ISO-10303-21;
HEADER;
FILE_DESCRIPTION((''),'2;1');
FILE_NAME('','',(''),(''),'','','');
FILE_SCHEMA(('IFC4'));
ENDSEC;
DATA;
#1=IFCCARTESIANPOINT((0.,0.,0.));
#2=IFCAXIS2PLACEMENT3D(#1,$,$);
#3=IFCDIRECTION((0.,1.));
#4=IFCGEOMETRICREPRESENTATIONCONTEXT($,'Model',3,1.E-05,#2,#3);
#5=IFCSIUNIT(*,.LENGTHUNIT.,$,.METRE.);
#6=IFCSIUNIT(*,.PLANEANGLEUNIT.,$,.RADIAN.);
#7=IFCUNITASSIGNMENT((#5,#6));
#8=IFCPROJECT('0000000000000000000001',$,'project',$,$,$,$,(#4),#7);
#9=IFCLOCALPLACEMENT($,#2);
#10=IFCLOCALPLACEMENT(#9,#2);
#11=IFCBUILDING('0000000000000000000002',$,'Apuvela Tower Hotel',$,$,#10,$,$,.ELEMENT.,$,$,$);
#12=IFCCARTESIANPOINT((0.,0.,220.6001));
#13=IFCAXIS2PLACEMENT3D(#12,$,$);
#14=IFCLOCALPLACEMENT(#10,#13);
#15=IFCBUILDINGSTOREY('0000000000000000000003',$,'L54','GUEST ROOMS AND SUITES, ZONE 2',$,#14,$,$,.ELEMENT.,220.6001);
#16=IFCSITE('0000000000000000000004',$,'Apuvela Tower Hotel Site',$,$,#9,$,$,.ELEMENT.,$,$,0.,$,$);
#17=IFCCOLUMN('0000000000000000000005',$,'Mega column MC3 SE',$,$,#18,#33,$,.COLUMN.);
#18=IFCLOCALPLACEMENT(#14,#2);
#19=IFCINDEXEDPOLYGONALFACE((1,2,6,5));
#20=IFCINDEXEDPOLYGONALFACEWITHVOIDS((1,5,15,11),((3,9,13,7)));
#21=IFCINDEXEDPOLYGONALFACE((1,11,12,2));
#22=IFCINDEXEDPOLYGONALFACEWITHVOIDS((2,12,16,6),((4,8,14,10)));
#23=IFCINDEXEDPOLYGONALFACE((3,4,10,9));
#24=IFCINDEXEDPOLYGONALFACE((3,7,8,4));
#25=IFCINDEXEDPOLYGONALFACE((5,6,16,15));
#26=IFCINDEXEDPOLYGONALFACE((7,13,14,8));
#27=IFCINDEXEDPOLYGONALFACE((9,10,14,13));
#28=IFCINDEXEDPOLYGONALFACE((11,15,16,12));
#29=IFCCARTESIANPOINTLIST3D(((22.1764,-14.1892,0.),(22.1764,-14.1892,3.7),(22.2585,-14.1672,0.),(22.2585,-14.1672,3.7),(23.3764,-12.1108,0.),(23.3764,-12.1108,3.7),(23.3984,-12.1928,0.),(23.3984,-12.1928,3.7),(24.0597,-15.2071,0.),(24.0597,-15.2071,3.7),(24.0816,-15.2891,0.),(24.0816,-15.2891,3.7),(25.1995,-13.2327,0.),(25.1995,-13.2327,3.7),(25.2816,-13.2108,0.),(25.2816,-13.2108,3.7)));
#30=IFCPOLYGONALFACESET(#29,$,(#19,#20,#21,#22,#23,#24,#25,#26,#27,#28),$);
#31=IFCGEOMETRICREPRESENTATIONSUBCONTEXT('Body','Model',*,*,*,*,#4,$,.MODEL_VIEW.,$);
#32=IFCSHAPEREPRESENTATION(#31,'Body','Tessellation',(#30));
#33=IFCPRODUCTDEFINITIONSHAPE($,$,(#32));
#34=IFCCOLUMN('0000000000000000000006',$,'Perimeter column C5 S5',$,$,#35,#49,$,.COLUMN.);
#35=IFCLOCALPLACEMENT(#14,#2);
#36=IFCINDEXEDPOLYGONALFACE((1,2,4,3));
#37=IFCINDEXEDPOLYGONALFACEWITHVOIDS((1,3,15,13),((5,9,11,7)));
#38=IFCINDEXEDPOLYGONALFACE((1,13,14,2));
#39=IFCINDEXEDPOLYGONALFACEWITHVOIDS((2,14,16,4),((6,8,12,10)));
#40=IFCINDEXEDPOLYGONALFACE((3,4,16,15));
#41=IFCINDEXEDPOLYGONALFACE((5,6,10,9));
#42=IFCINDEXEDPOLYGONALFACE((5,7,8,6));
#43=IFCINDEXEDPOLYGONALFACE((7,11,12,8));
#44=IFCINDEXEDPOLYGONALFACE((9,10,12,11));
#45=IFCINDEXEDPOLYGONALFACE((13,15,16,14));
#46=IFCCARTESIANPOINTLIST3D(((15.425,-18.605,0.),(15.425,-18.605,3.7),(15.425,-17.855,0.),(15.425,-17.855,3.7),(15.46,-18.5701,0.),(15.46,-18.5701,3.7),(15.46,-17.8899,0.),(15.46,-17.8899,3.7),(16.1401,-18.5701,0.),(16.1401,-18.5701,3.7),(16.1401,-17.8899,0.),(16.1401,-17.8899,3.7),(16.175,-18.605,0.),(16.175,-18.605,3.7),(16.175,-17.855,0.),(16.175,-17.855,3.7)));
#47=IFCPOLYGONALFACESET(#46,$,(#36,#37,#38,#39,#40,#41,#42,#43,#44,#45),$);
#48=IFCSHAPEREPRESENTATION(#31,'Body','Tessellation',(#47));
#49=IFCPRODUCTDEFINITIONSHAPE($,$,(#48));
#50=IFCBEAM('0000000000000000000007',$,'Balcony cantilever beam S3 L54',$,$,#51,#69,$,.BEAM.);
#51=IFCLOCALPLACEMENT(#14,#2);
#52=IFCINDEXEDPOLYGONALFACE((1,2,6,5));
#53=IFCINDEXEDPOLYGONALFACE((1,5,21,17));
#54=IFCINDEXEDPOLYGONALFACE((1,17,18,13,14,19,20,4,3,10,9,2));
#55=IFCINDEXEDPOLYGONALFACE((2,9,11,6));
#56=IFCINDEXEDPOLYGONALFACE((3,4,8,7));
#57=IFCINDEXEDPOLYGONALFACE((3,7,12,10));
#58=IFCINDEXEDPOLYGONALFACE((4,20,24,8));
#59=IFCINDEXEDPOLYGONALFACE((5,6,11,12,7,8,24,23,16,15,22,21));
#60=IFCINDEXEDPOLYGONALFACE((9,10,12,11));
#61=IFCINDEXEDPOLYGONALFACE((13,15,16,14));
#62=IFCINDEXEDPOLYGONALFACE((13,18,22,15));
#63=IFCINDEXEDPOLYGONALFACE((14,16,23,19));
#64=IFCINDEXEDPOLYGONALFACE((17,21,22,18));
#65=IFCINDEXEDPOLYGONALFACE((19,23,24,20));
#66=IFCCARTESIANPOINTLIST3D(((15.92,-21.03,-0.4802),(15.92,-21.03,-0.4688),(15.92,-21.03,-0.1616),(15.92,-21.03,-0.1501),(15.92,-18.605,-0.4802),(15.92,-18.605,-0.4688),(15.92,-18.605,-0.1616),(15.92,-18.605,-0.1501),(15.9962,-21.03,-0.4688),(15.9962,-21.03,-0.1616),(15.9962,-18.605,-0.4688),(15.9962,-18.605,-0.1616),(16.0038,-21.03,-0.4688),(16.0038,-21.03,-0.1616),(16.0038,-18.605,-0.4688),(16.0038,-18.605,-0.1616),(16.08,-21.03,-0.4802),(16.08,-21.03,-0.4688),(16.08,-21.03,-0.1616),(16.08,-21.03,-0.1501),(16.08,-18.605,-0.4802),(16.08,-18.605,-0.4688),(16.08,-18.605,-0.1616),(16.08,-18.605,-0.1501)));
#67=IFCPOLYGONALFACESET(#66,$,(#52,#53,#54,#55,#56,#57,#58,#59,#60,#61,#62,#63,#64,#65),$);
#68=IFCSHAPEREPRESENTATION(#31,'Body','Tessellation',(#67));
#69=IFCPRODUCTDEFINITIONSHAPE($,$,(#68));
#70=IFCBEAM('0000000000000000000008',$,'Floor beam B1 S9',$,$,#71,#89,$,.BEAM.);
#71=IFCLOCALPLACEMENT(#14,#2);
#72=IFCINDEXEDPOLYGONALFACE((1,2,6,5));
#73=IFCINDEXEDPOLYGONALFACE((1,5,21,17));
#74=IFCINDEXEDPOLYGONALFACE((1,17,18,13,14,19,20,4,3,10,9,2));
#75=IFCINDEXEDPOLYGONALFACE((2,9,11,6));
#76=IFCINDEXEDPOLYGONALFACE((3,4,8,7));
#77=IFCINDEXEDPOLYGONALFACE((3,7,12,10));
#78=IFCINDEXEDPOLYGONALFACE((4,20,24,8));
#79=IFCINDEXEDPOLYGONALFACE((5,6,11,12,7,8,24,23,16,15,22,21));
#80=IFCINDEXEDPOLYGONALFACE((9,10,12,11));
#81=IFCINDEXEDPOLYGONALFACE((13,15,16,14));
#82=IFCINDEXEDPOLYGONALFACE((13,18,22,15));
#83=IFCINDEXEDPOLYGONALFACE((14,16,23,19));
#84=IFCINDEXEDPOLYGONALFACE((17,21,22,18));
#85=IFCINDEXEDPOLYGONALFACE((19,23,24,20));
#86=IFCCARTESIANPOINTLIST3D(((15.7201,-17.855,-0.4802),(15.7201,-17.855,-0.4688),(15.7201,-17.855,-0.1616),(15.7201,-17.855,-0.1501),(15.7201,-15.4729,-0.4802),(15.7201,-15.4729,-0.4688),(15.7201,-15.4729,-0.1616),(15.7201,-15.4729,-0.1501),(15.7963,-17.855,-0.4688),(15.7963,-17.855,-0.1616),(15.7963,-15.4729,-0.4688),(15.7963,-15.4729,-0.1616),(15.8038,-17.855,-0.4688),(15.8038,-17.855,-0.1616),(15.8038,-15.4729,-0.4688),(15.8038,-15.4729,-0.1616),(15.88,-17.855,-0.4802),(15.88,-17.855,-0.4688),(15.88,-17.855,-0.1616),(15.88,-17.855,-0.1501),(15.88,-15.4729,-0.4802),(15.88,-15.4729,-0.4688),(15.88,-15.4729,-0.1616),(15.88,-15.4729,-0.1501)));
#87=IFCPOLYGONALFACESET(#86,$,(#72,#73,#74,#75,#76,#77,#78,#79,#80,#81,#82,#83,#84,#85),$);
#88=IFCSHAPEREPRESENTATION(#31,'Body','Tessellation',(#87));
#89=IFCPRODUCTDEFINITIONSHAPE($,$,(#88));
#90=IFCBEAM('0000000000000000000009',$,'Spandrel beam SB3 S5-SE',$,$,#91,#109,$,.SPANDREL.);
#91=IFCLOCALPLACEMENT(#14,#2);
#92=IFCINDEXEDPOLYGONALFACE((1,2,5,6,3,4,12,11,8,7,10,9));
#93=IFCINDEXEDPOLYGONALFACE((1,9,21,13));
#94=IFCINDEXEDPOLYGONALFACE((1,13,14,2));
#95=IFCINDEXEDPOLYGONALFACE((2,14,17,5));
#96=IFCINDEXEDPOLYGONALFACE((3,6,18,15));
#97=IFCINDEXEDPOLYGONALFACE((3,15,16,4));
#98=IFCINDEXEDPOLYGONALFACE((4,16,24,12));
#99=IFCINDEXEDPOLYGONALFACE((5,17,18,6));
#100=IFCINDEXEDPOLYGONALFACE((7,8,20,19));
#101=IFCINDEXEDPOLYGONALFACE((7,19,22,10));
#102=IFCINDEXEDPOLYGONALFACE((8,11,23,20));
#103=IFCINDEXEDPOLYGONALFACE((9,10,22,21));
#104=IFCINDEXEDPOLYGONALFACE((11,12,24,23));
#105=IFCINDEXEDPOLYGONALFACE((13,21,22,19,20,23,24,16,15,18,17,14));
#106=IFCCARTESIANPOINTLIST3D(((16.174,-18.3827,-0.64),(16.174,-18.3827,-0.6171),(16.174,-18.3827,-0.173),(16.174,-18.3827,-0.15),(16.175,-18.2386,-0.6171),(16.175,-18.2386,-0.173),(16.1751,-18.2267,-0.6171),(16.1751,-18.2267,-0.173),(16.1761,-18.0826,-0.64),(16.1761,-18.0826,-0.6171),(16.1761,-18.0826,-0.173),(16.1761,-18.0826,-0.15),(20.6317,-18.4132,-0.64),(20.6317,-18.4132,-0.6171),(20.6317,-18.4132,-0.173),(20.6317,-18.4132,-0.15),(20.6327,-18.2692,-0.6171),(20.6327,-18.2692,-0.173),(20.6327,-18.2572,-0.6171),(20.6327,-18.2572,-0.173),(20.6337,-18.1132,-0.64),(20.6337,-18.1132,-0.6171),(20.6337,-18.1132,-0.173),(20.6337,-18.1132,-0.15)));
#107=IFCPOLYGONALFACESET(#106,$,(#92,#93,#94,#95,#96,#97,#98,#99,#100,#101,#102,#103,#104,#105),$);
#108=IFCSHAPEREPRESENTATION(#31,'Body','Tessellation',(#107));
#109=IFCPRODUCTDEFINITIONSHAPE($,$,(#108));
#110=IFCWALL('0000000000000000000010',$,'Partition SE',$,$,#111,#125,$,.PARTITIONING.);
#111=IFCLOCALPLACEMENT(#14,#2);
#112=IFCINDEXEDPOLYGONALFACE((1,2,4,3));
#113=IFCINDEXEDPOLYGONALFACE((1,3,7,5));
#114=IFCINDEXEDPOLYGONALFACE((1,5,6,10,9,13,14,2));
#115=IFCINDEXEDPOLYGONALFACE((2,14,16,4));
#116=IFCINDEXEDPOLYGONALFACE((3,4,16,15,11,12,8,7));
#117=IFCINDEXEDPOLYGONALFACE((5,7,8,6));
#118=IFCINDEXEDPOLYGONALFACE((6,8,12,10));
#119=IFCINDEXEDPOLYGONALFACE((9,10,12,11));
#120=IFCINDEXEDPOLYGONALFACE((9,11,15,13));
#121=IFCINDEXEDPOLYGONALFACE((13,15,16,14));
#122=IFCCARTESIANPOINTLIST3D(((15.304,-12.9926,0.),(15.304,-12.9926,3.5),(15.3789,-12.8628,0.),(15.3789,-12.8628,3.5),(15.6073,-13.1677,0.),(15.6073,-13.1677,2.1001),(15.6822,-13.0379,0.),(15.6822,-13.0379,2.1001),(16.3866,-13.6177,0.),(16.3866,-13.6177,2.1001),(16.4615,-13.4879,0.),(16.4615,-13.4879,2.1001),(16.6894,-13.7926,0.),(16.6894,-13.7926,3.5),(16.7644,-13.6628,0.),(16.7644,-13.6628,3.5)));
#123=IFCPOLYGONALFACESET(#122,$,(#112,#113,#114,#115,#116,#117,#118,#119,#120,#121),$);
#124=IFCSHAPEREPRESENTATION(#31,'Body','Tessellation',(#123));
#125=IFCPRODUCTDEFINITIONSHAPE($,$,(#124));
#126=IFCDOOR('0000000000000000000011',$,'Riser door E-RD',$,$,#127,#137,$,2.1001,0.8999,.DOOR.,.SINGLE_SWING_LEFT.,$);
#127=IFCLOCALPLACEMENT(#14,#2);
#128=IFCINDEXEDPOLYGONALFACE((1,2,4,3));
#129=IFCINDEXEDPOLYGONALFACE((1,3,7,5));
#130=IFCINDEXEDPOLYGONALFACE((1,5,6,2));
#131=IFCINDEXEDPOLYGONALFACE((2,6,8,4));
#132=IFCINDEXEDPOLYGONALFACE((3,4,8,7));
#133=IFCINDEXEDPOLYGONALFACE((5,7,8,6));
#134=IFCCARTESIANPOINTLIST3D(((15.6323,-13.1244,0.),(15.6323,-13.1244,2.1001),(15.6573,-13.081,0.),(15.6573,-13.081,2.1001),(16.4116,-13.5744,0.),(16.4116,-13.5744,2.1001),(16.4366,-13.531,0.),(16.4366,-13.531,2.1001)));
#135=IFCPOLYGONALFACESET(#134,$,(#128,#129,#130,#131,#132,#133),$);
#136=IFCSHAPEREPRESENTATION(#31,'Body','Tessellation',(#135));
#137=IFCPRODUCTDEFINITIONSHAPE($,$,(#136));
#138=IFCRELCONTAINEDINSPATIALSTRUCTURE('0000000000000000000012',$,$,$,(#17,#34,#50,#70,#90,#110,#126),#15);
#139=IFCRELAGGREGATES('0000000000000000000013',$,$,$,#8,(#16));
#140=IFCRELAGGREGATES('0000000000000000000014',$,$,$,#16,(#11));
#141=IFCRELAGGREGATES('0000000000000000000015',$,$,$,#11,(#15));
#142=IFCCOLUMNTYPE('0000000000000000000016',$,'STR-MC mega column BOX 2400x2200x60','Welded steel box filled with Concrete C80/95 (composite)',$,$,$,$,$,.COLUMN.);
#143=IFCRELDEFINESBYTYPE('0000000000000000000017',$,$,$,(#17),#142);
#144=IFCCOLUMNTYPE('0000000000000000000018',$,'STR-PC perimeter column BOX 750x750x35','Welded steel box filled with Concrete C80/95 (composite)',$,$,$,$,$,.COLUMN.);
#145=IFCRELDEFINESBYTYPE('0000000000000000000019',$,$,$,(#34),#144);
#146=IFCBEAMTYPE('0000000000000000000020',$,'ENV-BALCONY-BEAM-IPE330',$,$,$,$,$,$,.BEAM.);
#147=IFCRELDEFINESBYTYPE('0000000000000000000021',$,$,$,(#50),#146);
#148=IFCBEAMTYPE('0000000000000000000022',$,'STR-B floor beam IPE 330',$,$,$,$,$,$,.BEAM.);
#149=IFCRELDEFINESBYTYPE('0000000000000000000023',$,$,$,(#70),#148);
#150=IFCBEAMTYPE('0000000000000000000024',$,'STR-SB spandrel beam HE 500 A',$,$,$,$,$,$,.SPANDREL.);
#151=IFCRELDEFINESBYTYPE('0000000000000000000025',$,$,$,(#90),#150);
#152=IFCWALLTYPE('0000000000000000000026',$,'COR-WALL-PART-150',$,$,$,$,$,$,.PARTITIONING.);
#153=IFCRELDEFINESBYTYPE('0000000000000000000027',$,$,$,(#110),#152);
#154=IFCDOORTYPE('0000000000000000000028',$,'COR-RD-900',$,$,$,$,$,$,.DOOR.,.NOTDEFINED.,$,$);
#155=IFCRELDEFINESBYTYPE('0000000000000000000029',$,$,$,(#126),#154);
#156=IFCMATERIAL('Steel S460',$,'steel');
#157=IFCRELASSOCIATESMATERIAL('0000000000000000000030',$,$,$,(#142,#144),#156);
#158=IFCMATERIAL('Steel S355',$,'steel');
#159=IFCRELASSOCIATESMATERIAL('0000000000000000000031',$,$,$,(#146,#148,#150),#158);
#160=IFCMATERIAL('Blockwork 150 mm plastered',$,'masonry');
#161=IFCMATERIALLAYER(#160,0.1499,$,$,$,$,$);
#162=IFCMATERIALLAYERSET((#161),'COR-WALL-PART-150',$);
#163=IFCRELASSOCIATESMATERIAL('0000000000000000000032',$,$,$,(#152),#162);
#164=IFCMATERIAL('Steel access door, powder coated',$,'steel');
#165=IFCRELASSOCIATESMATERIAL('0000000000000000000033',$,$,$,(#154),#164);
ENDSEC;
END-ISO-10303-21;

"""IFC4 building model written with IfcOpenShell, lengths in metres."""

from ifc_helpers import new_model, si_unit, direction, frame, frame_2d, origin, origin_2d, place, context, subcontext, project, spatial, rectangle, hollow_rectangle, i_section, extrude, material, layer, layer_set, material_profile, profile_set, type_object, element, fill, save


model = new_model("IFC4")

# Units and contexts
model_context = context("Model", 3, precision=1e-05, world=origin(), true_north=direction((0.0, 1.0)))
body_context = subcontext(model_context, "Body", "Model", "MODEL_VIEW")
ifc_project = project(units=[si_unit("LENGTHUNIT", "METRE"), si_unit("PLANEANGLEUNIT", "RADIAN")], contexts=[model_context])

# Site, building, storey
site_placement = place(None, origin())
site = spatial("IfcSite", under=ifc_project, at=site_placement, Name="Apuvela Tower Hotel Site", CompositionType="ELEMENT", RefElevation=0.0)
building_placement = place(site_placement, origin())
building = spatial("IfcBuilding", under=site, at=building_placement, Name="Apuvela Tower Hotel", CompositionType="ELEMENT")
storey_placement = place(building_placement, frame((0.0, 0.0, 220.6001)))
storey = spatial("IfcBuildingStorey", under=building, at=storey_placement, Name="L54", Description="GUEST ROOMS AND SUITES, ZONE 2", CompositionType="ELEMENT", Elevation=220.6001)

# Columns
ifc_material_1 = material(Name="Steel S460", Category="steel")
ifc_material_profile_1 = material_profile(ifc_material_1, hollow_rectangle(XDim=2.3999, YDim=2.2, WallThickness=0.0601, at=origin_2d()), Name="BOX 2400x2200x60")
ifc_material_2 = material(Name="Concrete C80/95", Category="concrete")
ifc_material_profile_2 = material_profile(ifc_material_2, rectangle(XDim=2.28, YDim=2.0801, at=origin_2d()), Name="Concrete C80/95 infill")
ifc_profile_set_1 = profile_set([ifc_material_profile_1, ifc_material_profile_2], Name="Steel S460")
column_type_1 = type_object("IfcColumnType", Name="STR-MC mega column BOX 2400x2200x60", Description="Welded steel box filled with Concrete C80/95 (composite)", PredefinedType="COLUMN", material=ifc_profile_set_1)
column_1_placement = place(storey_placement, frame((23.729, -13.7, 0.0), z_axis=(0.0, 0.0, 1.0), x_axis=(0.5, 0.866025, 0.0)))
element("IfcColumn", 1, at=column_1_placement, inside=storey, type_object=column_type_1, Name="Mega column MC3 SE", PredefinedType="COLUMN", context=body_context, shape_type="SweptSolid", body=[
    extrude(hollow_rectangle(XDim=2.3999, YDim=2.2, WallThickness=0.0601, at=origin_2d()), origin(), (0.0, 0.0, 1.0), 3.7),
])
ifc_material_profile_3 = material_profile(ifc_material_1, hollow_rectangle(XDim=0.75, YDim=0.75, WallThickness=0.0349, at=origin_2d()), Name="BOX 750x750x35")
ifc_material_profile_4 = material_profile(ifc_material_2, rectangle(XDim=0.6799, YDim=0.6799, at=origin_2d()), Name="Concrete C80/95 infill")
ifc_profile_set_2 = profile_set([ifc_material_profile_3, ifc_material_profile_4], Name="Steel S460")
column_type_2 = type_object("IfcColumnType", Name="STR-PC perimeter column BOX 750x750x35", Description="Welded steel box filled with Concrete C80/95 (composite)", PredefinedType="COLUMN", material=ifc_profile_set_2)
column_2_placement = place(storey_placement, frame((15.8, -18.23, 0.0), z_axis=(0.0, 0.0, 1.0), x_axis=(-1.0, 0.0, 0.0)))
element("IfcColumn", 2, at=column_2_placement, inside=storey, type_object=column_type_2, Name="Perimeter column C5 S5", PredefinedType="COLUMN", context=body_context, shape_type="SweptSolid", body=[
    extrude(hollow_rectangle(XDim=0.75, YDim=0.75, WallThickness=0.0349, at=origin_2d()), origin(), (0.0, 0.0, 1.0), 3.7),
])

# Beams
ifc_material_3 = material(Name="Steel S355", Category="steel")
ifc_material_profile_5 = material_profile(ifc_material_3, i_section(OverallWidth=0.1599, OverallDepth=0.3301, WebThickness=0.0076, FlangeThickness=0.0115, at=origin_2d()), Name="IPE 330")
ifc_profile_set_3 = profile_set([ifc_material_profile_5], Name="Steel S355")
beam_type_1 = type_object("IfcBeamType", Name="ENV-BALCONY-BEAM-IPE330", PredefinedType="BEAM", material=ifc_profile_set_3)
beam_1_placement = place(storey_placement, frame((16.0, -18.605, -0.3152), z_axis=(0.0, -1.0, 0.0), x_axis=(1.0, 0.0, 0.0)))
element("IfcBeam", 3, at=beam_1_placement, inside=storey, type_object=beam_type_1, Name="Balcony cantilever beam S3 L54", PredefinedType="BEAM", context=body_context, shape_type="SweptSolid", body=[
    extrude(i_section(OverallWidth=0.1599, OverallDepth=0.3301, WebThickness=0.0076, FlangeThickness=0.0115, at=origin_2d()), origin(), (0.0, 0.0, 1.0), 2.425),
])
ifc_material_profile_6 = material_profile(ifc_material_3, i_section(OverallWidth=0.1599, OverallDepth=0.3301, WebThickness=0.0076, FlangeThickness=0.0115, at=origin_2d()), Name="IPE 330")
ifc_profile_set_4 = profile_set([ifc_material_profile_6], Name="Steel S355")
beam_type_2 = type_object("IfcBeamType", Name="STR-B floor beam IPE 330", PredefinedType="BEAM", material=ifc_profile_set_4)
beam_2_placement = place(storey_placement, frame((15.8, -17.855, -0.3152), z_axis=(0.0, 1.0, 0.0), x_axis=(-1.0, 0.0, 0.0)))
element("IfcBeam", 4, at=beam_2_placement, inside=storey, type_object=beam_type_2, Name="Floor beam B1 S9", PredefinedType="BEAM", context=body_context, shape_type="SweptSolid", body=[
    extrude(i_section(OverallWidth=0.1599, OverallDepth=0.3301, WebThickness=0.0076, FlangeThickness=0.0115, at=origin_2d()), origin(), (0.0, 0.0, 1.0), 2.3821),
])
ifc_material_profile_7 = material_profile(ifc_material_3, i_section(OverallWidth=0.3, OverallDepth=0.49, WebThickness=0.012, FlangeThickness=0.0229, at=origin_2d()), Name="HE 500 A")
ifc_profile_set_5 = profile_set([ifc_material_profile_7], Name="Steel S355")
beam_type_3 = type_object("IfcBeamType", Name="STR-SB spandrel beam HE 500 A", PredefinedType="SPANDREL", material=ifc_profile_set_5)
beam_3_placement = place(storey_placement, frame((16.175, -18.2327, -0.395), z_axis=(0.999977, -0.006846, 0.0), x_axis=(0.006846, 0.999977, 0.0)))
element("IfcBeam", 5, at=beam_3_placement, inside=storey, type_object=beam_type_3, Name="Spandrel beam SB3 S5-SE", PredefinedType="SPANDREL", context=body_context, shape_type="SweptSolid", body=[
    extrude(i_section(OverallWidth=0.3, OverallDepth=0.49, WebThickness=0.012, FlangeThickness=0.0229, at=origin_2d()), origin(), (0.0, 0.0, 1.0), 4.4578),
])

# Wall, opening, door
ifc_material_4 = material(Name="Blockwork 150 mm plastered", Category="masonry")
ifc_layer_1 = layer(ifc_material_4, 0.1499)
ifc_layer_set_1 = layer_set([ifc_layer_1], Name="COR-WALL-PART-150")
wall_type_1 = type_object("IfcWallType", Name="COR-WALL-PART-150", PredefinedType="PARTITIONING", material=ifc_layer_set_1)
wall_1_placement = place(storey_placement, frame((15.3416, -12.9277, 0.0), z_axis=(0.0, 0.0, 1.0), x_axis=(0.86599, -0.500061, 0.0)))
wall_1 = element("IfcWall", 6, at=wall_1_placement, inside=storey, type_object=wall_type_1, Name="Partition SE", PredefinedType="PARTITIONING", context=body_context, shape_type="SweptSolid", body=[
    extrude(rectangle(XDim=1.5999, YDim=0.1499, at=frame_2d((0.7998, 0.0))), origin(), (0.0, 0.0, 1.0), 3.5),
])
opening_1_placement = place(wall_1_placement, frame((0.3501, 0.0, 0.0)))
opening_1 = element("IfcOpeningElement", 7, at=opening_1_placement, cuts=wall_1, PredefinedType="OPENING", context=body_context, shape_type="SweptSolid", body=[
    extrude(rectangle(XDim=0.8999, YDim=2.1001, at=frame_2d((0.45, 1.05))), frame((0.0, 0.085, 0.0), z_axis=(0.0, -1.0, 0.0), x_axis=(1.0, 0.0, 0.0)), (0.0, 0.0, 1.0), 0.1699),
])
ifc_material_5 = material(Name="Steel access door, powder coated", Category="steel")
door_type_1 = type_object("IfcDoorType", Name="COR-RD-900", OperationType="NOTDEFINED", PredefinedType="DOOR", material=ifc_material_5)
door_1_placement = place(opening_1_placement, frame((0.8999, 0.0, 0.0), z_axis=(0.0, 0.0, 1.0), x_axis=(-1.0, 0.0, 0.0)))
door_1 = element("IfcDoor", 8, at=door_1_placement, inside=storey, type_object=door_type_1, Name="Riser door E-RD", OperationType="SINGLE_SWING_LEFT", OverallHeight=2.1001, OverallWidth=0.8999, PredefinedType="DOOR", context=body_context, shape_type="SweptSolid", body=[
    extrude(rectangle(XDim=0.8999, YDim=2.1001, at=frame_2d((0.45, 1.05))), frame((0.0, 0.0249, 0.0), z_axis=(0.0, -1.0, 0.0), x_axis=(1.0, 0.0, 0.0)), (0.0, 0.0, 1.0), 0.05),
])
fill(opening_1, door_1)

save(model, "model.ifc")
